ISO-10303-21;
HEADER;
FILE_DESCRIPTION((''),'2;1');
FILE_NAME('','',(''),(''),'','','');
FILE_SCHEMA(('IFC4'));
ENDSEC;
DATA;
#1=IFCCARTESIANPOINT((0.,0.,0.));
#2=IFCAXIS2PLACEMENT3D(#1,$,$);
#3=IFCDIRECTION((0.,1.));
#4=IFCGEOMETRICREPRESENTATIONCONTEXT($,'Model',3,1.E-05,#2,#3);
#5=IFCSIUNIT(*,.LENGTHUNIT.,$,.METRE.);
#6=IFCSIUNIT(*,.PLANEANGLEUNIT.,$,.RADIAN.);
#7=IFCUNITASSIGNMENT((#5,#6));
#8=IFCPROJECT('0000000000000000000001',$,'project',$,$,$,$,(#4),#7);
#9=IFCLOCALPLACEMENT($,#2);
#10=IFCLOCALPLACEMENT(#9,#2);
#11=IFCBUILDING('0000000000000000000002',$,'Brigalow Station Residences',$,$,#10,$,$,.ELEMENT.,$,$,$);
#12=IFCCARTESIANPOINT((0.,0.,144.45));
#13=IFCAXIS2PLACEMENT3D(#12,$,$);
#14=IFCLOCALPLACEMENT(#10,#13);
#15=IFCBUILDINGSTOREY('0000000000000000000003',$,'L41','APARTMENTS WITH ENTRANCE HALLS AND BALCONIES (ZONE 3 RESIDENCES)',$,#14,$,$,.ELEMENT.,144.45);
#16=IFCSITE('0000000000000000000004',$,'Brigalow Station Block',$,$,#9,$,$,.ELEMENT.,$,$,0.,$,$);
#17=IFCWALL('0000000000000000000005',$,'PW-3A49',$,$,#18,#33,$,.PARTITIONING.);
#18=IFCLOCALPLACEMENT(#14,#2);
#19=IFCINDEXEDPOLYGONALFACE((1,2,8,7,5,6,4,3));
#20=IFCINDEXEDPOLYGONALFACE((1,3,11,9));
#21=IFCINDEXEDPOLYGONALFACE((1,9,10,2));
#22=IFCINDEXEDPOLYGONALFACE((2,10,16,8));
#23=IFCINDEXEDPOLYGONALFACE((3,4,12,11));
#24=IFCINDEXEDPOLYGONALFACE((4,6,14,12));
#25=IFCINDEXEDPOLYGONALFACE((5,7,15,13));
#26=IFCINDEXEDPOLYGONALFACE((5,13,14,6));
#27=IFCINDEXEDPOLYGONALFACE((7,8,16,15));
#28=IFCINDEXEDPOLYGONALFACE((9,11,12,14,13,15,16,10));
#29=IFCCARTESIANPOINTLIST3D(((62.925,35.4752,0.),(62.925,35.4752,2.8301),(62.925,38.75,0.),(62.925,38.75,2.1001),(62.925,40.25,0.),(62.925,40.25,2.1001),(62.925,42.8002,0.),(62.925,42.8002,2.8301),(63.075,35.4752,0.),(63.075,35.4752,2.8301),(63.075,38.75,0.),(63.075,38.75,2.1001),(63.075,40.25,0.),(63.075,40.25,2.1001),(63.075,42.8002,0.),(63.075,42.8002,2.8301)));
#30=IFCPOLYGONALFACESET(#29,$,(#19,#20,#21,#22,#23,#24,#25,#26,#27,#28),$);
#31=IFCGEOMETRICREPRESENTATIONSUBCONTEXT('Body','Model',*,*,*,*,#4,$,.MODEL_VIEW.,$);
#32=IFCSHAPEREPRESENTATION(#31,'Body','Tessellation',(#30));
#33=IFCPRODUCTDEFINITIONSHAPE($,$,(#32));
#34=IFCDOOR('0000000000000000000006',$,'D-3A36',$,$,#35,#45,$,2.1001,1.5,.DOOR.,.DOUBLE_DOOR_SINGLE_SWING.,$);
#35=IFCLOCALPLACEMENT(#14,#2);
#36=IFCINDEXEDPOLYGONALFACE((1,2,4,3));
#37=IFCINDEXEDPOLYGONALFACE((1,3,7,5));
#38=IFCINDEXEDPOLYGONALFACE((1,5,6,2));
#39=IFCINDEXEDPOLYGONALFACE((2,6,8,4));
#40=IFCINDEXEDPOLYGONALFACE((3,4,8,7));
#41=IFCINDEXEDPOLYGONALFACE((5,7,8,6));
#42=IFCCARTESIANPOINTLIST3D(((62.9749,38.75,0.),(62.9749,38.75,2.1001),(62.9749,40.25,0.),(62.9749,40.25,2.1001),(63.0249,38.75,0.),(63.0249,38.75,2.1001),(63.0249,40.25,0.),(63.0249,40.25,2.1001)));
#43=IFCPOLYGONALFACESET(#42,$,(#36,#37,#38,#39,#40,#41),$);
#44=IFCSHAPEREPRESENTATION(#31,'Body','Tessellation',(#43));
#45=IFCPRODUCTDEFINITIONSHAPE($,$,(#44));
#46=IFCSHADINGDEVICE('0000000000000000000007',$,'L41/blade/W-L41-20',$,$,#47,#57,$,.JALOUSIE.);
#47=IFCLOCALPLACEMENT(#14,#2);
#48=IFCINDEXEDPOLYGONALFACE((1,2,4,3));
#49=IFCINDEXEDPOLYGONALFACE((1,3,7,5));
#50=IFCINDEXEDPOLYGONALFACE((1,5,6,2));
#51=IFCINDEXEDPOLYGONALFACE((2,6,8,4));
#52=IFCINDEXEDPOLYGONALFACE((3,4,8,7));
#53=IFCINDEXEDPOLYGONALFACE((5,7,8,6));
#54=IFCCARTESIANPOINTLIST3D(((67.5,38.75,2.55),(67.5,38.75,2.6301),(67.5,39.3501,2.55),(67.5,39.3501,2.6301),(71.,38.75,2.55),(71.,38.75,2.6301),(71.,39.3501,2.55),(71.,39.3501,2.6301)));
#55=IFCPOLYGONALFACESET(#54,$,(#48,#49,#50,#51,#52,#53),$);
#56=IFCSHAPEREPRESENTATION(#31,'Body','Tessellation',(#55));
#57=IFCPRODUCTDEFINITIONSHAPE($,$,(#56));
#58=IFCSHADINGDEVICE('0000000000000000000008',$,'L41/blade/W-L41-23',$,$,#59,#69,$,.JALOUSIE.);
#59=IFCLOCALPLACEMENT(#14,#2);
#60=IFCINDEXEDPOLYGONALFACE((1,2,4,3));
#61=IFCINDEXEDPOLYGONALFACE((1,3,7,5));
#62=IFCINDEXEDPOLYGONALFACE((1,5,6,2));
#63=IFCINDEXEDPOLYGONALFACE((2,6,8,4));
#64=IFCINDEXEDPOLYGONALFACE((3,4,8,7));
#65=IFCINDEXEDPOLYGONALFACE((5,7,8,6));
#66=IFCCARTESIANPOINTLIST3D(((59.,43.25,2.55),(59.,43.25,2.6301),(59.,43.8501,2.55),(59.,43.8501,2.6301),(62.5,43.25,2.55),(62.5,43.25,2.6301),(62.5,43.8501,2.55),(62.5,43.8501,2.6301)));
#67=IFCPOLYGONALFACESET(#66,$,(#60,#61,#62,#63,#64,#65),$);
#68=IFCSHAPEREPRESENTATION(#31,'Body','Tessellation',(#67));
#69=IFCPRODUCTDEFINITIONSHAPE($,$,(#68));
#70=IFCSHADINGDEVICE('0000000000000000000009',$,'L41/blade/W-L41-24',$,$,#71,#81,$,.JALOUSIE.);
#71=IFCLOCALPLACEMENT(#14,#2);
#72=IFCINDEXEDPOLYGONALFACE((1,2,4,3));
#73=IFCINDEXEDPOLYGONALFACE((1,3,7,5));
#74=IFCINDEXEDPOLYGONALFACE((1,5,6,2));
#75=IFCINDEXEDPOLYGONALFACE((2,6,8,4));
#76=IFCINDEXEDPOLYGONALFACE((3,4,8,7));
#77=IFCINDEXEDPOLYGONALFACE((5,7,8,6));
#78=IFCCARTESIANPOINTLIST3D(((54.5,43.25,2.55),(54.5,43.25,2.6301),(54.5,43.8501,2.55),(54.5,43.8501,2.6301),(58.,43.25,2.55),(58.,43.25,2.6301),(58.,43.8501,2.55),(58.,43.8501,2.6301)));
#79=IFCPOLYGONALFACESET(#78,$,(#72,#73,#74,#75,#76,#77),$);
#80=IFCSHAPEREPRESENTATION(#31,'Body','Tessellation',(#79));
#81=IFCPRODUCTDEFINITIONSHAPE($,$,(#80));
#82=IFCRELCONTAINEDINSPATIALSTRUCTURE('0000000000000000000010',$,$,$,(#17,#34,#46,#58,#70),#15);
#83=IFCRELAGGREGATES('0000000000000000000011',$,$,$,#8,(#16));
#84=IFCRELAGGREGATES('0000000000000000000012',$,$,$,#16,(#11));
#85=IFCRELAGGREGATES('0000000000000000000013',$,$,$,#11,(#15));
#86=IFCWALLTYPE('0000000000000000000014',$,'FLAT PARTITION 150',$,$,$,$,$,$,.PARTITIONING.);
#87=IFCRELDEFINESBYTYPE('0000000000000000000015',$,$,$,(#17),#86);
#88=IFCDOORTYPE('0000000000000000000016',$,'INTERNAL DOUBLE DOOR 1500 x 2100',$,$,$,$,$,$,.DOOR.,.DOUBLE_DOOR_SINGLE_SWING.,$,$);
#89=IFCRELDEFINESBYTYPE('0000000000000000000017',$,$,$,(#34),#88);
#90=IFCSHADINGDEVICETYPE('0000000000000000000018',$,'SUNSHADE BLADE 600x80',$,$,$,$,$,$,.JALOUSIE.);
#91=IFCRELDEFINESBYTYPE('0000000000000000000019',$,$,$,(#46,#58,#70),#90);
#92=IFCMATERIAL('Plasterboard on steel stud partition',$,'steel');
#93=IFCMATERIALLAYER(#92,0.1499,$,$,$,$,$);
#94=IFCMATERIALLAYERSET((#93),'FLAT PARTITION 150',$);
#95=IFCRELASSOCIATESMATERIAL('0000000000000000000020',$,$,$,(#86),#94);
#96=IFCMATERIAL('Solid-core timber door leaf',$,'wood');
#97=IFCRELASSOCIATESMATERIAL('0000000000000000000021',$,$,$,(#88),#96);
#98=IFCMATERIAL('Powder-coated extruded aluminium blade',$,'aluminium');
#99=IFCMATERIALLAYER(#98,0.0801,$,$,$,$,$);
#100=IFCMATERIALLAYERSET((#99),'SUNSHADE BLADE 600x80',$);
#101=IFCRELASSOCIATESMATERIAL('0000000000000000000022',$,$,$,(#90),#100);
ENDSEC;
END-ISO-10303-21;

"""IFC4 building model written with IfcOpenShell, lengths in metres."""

from ifc_helpers import new_model, si_unit, direction, frame, frame_2d, origin, origin_2d, place, context, subcontext, project, spatial, rectangle, extrude, material, layer, layer_set, type_object, element, fill, save


model = new_model("IFC4")

# Units and contexts
model_context = context("Model", 3, precision=1e-05, world=origin(), true_north=direction((0.0, 1.0)))
body_context = subcontext(model_context, "Body", "Model", "MODEL_VIEW")
ifc_project = project(units=[si_unit("LENGTHUNIT", "METRE"), si_unit("PLANEANGLEUNIT", "RADIAN")], contexts=[model_context])

# Site, building, storey
site_placement = place(None, origin())
site = spatial("IfcSite", under=ifc_project, at=site_placement, Name="Brigalow Station Block", CompositionType="ELEMENT", RefElevation=0.0)
building_placement = place(site_placement, origin())
building = spatial("IfcBuilding", under=site, at=building_placement, Name="Brigalow Station Residences", CompositionType="ELEMENT")
storey_placement = place(building_placement, frame((0.0, 0.0, 144.45)))
storey = spatial("IfcBuildingStorey", under=building, at=storey_placement, Name="L41", Description="APARTMENTS WITH ENTRANCE HALLS AND BALCONIES (ZONE 3 RESIDENCES)", CompositionType="ELEMENT", Elevation=144.45)

# Shared definitions
ifc_material_1 = material(Name="Plasterboard on steel stud partition", Category="steel")
ifc_layer_1 = layer(ifc_material_1, 0.1499)
ifc_layer_set_1 = layer_set([ifc_layer_1], Name="FLAT PARTITION 150")
wall_type_1 = type_object("IfcWallType", Name="FLAT PARTITION 150", PredefinedType="PARTITIONING", material=ifc_layer_set_1)

# Wall, opening, door
wall_1_placement = place(storey_placement, frame((63.0, 35.4751, 0.0), z_axis=(0.0, 0.0, 1.0), x_axis=(0.0, 1.0, 0.0)))
wall_1 = element("IfcWall", 1, at=wall_1_placement, inside=storey, type_object=wall_type_1, Name="PW-3A49", PredefinedType="PARTITIONING", context=body_context, shape_type="SweptSolid", body=[
    extrude(rectangle(XDim=7.325, YDim=0.1499, at=frame_2d((3.6626, 0.0))), origin(), (0.0, 0.0, 1.0), 2.8301),
])
opening_1_placement = place(wall_1_placement, frame((3.2749, 0.0, 0.0)))
opening_1 = element("IfcOpeningElement", 2, at=opening_1_placement, cuts=wall_1, PredefinedType="OPENING", context=body_context, shape_type="SweptSolid", body=[
    extrude(rectangle(XDim=1.5, YDim=2.1001, at=frame_2d((0.75, 1.05))), frame((0.0, 0.085, 0.0), z_axis=(0.0, -1.0, 0.0), x_axis=(1.0, 0.0, 0.0)), (0.0, 0.0, 1.0), 0.1699),
])
ifc_material_2 = material(Name="Solid-core timber door leaf", Category="wood")
door_type_1 = type_object("IfcDoorType", Name="INTERNAL DOUBLE DOOR 1500 x 2100", OperationType="DOUBLE_DOOR_SINGLE_SWING", PredefinedType="DOOR", material=ifc_material_2)
door_1_placement = place(opening_1_placement, frame((1.5, 0.0, 0.0), z_axis=(0.0, 0.0, 1.0), x_axis=(-1.0, 0.0, 0.0)))
door_1 = element("IfcDoor", 3, at=door_1_placement, inside=storey, type_object=door_type_1, Name="D-3A36", OperationType="DOUBLE_DOOR_SINGLE_SWING", OverallHeight=2.1001, OverallWidth=1.5, PredefinedType="DOOR", context=body_context, shape_type="SweptSolid", body=[
    extrude(rectangle(XDim=1.5, YDim=2.1001, at=frame_2d((0.75, 1.05))), frame((0.0, 0.0249, 0.0), z_axis=(0.0, -1.0, 0.0), x_axis=(1.0, 0.0, 0.0)), (0.0, 0.0, 1.0), 0.05),
])
fill(opening_1, door_1)

# Shading devices
ifc_material_3 = material(Name="Powder-coated extruded aluminium blade", Category="aluminium")
ifc_layer_2 = layer(ifc_material_3, 0.0801)
ifc_layer_set_2 = layer_set([ifc_layer_2], Name="SUNSHADE BLADE 600x80")
shading_device_type = type_object("IfcShadingDeviceType", Name="SUNSHADE BLADE 600x80", PredefinedType="JALOUSIE", material=ifc_layer_set_2)
for number, where, z_axis, x_axis, name in (
    (4, (69.25, 39.05, 2.55), (0.0, 0.0, 1.0), (-1.0, 0.0, 0.0), "L41/blade/W-L41-20"),
    (5, (60.75, 43.55, 2.55), (0.0, 0.0, 1.0), (-1.0, 0.0, 0.0), "L41/blade/W-L41-23"),
    (6, (56.25, 43.55, 2.55), (0.0, 0.0, 1.0), (-1.0, 0.0, 0.0), "L41/blade/W-L41-24"),
):
    element("IfcShadingDevice", number, at=place(storey_placement, frame(where, z_axis=z_axis, x_axis=x_axis)), inside=storey, type_object=shading_device_type, Name=name, PredefinedType="JALOUSIE", context=body_context, shape_type="SweptSolid", body=[
        extrude(rectangle(XDim=3.5, YDim=0.6001, at=origin_2d()), origin(), (0.0, 0.0, 1.0), 0.0801),
    ])

save(model, "model.ifc")
